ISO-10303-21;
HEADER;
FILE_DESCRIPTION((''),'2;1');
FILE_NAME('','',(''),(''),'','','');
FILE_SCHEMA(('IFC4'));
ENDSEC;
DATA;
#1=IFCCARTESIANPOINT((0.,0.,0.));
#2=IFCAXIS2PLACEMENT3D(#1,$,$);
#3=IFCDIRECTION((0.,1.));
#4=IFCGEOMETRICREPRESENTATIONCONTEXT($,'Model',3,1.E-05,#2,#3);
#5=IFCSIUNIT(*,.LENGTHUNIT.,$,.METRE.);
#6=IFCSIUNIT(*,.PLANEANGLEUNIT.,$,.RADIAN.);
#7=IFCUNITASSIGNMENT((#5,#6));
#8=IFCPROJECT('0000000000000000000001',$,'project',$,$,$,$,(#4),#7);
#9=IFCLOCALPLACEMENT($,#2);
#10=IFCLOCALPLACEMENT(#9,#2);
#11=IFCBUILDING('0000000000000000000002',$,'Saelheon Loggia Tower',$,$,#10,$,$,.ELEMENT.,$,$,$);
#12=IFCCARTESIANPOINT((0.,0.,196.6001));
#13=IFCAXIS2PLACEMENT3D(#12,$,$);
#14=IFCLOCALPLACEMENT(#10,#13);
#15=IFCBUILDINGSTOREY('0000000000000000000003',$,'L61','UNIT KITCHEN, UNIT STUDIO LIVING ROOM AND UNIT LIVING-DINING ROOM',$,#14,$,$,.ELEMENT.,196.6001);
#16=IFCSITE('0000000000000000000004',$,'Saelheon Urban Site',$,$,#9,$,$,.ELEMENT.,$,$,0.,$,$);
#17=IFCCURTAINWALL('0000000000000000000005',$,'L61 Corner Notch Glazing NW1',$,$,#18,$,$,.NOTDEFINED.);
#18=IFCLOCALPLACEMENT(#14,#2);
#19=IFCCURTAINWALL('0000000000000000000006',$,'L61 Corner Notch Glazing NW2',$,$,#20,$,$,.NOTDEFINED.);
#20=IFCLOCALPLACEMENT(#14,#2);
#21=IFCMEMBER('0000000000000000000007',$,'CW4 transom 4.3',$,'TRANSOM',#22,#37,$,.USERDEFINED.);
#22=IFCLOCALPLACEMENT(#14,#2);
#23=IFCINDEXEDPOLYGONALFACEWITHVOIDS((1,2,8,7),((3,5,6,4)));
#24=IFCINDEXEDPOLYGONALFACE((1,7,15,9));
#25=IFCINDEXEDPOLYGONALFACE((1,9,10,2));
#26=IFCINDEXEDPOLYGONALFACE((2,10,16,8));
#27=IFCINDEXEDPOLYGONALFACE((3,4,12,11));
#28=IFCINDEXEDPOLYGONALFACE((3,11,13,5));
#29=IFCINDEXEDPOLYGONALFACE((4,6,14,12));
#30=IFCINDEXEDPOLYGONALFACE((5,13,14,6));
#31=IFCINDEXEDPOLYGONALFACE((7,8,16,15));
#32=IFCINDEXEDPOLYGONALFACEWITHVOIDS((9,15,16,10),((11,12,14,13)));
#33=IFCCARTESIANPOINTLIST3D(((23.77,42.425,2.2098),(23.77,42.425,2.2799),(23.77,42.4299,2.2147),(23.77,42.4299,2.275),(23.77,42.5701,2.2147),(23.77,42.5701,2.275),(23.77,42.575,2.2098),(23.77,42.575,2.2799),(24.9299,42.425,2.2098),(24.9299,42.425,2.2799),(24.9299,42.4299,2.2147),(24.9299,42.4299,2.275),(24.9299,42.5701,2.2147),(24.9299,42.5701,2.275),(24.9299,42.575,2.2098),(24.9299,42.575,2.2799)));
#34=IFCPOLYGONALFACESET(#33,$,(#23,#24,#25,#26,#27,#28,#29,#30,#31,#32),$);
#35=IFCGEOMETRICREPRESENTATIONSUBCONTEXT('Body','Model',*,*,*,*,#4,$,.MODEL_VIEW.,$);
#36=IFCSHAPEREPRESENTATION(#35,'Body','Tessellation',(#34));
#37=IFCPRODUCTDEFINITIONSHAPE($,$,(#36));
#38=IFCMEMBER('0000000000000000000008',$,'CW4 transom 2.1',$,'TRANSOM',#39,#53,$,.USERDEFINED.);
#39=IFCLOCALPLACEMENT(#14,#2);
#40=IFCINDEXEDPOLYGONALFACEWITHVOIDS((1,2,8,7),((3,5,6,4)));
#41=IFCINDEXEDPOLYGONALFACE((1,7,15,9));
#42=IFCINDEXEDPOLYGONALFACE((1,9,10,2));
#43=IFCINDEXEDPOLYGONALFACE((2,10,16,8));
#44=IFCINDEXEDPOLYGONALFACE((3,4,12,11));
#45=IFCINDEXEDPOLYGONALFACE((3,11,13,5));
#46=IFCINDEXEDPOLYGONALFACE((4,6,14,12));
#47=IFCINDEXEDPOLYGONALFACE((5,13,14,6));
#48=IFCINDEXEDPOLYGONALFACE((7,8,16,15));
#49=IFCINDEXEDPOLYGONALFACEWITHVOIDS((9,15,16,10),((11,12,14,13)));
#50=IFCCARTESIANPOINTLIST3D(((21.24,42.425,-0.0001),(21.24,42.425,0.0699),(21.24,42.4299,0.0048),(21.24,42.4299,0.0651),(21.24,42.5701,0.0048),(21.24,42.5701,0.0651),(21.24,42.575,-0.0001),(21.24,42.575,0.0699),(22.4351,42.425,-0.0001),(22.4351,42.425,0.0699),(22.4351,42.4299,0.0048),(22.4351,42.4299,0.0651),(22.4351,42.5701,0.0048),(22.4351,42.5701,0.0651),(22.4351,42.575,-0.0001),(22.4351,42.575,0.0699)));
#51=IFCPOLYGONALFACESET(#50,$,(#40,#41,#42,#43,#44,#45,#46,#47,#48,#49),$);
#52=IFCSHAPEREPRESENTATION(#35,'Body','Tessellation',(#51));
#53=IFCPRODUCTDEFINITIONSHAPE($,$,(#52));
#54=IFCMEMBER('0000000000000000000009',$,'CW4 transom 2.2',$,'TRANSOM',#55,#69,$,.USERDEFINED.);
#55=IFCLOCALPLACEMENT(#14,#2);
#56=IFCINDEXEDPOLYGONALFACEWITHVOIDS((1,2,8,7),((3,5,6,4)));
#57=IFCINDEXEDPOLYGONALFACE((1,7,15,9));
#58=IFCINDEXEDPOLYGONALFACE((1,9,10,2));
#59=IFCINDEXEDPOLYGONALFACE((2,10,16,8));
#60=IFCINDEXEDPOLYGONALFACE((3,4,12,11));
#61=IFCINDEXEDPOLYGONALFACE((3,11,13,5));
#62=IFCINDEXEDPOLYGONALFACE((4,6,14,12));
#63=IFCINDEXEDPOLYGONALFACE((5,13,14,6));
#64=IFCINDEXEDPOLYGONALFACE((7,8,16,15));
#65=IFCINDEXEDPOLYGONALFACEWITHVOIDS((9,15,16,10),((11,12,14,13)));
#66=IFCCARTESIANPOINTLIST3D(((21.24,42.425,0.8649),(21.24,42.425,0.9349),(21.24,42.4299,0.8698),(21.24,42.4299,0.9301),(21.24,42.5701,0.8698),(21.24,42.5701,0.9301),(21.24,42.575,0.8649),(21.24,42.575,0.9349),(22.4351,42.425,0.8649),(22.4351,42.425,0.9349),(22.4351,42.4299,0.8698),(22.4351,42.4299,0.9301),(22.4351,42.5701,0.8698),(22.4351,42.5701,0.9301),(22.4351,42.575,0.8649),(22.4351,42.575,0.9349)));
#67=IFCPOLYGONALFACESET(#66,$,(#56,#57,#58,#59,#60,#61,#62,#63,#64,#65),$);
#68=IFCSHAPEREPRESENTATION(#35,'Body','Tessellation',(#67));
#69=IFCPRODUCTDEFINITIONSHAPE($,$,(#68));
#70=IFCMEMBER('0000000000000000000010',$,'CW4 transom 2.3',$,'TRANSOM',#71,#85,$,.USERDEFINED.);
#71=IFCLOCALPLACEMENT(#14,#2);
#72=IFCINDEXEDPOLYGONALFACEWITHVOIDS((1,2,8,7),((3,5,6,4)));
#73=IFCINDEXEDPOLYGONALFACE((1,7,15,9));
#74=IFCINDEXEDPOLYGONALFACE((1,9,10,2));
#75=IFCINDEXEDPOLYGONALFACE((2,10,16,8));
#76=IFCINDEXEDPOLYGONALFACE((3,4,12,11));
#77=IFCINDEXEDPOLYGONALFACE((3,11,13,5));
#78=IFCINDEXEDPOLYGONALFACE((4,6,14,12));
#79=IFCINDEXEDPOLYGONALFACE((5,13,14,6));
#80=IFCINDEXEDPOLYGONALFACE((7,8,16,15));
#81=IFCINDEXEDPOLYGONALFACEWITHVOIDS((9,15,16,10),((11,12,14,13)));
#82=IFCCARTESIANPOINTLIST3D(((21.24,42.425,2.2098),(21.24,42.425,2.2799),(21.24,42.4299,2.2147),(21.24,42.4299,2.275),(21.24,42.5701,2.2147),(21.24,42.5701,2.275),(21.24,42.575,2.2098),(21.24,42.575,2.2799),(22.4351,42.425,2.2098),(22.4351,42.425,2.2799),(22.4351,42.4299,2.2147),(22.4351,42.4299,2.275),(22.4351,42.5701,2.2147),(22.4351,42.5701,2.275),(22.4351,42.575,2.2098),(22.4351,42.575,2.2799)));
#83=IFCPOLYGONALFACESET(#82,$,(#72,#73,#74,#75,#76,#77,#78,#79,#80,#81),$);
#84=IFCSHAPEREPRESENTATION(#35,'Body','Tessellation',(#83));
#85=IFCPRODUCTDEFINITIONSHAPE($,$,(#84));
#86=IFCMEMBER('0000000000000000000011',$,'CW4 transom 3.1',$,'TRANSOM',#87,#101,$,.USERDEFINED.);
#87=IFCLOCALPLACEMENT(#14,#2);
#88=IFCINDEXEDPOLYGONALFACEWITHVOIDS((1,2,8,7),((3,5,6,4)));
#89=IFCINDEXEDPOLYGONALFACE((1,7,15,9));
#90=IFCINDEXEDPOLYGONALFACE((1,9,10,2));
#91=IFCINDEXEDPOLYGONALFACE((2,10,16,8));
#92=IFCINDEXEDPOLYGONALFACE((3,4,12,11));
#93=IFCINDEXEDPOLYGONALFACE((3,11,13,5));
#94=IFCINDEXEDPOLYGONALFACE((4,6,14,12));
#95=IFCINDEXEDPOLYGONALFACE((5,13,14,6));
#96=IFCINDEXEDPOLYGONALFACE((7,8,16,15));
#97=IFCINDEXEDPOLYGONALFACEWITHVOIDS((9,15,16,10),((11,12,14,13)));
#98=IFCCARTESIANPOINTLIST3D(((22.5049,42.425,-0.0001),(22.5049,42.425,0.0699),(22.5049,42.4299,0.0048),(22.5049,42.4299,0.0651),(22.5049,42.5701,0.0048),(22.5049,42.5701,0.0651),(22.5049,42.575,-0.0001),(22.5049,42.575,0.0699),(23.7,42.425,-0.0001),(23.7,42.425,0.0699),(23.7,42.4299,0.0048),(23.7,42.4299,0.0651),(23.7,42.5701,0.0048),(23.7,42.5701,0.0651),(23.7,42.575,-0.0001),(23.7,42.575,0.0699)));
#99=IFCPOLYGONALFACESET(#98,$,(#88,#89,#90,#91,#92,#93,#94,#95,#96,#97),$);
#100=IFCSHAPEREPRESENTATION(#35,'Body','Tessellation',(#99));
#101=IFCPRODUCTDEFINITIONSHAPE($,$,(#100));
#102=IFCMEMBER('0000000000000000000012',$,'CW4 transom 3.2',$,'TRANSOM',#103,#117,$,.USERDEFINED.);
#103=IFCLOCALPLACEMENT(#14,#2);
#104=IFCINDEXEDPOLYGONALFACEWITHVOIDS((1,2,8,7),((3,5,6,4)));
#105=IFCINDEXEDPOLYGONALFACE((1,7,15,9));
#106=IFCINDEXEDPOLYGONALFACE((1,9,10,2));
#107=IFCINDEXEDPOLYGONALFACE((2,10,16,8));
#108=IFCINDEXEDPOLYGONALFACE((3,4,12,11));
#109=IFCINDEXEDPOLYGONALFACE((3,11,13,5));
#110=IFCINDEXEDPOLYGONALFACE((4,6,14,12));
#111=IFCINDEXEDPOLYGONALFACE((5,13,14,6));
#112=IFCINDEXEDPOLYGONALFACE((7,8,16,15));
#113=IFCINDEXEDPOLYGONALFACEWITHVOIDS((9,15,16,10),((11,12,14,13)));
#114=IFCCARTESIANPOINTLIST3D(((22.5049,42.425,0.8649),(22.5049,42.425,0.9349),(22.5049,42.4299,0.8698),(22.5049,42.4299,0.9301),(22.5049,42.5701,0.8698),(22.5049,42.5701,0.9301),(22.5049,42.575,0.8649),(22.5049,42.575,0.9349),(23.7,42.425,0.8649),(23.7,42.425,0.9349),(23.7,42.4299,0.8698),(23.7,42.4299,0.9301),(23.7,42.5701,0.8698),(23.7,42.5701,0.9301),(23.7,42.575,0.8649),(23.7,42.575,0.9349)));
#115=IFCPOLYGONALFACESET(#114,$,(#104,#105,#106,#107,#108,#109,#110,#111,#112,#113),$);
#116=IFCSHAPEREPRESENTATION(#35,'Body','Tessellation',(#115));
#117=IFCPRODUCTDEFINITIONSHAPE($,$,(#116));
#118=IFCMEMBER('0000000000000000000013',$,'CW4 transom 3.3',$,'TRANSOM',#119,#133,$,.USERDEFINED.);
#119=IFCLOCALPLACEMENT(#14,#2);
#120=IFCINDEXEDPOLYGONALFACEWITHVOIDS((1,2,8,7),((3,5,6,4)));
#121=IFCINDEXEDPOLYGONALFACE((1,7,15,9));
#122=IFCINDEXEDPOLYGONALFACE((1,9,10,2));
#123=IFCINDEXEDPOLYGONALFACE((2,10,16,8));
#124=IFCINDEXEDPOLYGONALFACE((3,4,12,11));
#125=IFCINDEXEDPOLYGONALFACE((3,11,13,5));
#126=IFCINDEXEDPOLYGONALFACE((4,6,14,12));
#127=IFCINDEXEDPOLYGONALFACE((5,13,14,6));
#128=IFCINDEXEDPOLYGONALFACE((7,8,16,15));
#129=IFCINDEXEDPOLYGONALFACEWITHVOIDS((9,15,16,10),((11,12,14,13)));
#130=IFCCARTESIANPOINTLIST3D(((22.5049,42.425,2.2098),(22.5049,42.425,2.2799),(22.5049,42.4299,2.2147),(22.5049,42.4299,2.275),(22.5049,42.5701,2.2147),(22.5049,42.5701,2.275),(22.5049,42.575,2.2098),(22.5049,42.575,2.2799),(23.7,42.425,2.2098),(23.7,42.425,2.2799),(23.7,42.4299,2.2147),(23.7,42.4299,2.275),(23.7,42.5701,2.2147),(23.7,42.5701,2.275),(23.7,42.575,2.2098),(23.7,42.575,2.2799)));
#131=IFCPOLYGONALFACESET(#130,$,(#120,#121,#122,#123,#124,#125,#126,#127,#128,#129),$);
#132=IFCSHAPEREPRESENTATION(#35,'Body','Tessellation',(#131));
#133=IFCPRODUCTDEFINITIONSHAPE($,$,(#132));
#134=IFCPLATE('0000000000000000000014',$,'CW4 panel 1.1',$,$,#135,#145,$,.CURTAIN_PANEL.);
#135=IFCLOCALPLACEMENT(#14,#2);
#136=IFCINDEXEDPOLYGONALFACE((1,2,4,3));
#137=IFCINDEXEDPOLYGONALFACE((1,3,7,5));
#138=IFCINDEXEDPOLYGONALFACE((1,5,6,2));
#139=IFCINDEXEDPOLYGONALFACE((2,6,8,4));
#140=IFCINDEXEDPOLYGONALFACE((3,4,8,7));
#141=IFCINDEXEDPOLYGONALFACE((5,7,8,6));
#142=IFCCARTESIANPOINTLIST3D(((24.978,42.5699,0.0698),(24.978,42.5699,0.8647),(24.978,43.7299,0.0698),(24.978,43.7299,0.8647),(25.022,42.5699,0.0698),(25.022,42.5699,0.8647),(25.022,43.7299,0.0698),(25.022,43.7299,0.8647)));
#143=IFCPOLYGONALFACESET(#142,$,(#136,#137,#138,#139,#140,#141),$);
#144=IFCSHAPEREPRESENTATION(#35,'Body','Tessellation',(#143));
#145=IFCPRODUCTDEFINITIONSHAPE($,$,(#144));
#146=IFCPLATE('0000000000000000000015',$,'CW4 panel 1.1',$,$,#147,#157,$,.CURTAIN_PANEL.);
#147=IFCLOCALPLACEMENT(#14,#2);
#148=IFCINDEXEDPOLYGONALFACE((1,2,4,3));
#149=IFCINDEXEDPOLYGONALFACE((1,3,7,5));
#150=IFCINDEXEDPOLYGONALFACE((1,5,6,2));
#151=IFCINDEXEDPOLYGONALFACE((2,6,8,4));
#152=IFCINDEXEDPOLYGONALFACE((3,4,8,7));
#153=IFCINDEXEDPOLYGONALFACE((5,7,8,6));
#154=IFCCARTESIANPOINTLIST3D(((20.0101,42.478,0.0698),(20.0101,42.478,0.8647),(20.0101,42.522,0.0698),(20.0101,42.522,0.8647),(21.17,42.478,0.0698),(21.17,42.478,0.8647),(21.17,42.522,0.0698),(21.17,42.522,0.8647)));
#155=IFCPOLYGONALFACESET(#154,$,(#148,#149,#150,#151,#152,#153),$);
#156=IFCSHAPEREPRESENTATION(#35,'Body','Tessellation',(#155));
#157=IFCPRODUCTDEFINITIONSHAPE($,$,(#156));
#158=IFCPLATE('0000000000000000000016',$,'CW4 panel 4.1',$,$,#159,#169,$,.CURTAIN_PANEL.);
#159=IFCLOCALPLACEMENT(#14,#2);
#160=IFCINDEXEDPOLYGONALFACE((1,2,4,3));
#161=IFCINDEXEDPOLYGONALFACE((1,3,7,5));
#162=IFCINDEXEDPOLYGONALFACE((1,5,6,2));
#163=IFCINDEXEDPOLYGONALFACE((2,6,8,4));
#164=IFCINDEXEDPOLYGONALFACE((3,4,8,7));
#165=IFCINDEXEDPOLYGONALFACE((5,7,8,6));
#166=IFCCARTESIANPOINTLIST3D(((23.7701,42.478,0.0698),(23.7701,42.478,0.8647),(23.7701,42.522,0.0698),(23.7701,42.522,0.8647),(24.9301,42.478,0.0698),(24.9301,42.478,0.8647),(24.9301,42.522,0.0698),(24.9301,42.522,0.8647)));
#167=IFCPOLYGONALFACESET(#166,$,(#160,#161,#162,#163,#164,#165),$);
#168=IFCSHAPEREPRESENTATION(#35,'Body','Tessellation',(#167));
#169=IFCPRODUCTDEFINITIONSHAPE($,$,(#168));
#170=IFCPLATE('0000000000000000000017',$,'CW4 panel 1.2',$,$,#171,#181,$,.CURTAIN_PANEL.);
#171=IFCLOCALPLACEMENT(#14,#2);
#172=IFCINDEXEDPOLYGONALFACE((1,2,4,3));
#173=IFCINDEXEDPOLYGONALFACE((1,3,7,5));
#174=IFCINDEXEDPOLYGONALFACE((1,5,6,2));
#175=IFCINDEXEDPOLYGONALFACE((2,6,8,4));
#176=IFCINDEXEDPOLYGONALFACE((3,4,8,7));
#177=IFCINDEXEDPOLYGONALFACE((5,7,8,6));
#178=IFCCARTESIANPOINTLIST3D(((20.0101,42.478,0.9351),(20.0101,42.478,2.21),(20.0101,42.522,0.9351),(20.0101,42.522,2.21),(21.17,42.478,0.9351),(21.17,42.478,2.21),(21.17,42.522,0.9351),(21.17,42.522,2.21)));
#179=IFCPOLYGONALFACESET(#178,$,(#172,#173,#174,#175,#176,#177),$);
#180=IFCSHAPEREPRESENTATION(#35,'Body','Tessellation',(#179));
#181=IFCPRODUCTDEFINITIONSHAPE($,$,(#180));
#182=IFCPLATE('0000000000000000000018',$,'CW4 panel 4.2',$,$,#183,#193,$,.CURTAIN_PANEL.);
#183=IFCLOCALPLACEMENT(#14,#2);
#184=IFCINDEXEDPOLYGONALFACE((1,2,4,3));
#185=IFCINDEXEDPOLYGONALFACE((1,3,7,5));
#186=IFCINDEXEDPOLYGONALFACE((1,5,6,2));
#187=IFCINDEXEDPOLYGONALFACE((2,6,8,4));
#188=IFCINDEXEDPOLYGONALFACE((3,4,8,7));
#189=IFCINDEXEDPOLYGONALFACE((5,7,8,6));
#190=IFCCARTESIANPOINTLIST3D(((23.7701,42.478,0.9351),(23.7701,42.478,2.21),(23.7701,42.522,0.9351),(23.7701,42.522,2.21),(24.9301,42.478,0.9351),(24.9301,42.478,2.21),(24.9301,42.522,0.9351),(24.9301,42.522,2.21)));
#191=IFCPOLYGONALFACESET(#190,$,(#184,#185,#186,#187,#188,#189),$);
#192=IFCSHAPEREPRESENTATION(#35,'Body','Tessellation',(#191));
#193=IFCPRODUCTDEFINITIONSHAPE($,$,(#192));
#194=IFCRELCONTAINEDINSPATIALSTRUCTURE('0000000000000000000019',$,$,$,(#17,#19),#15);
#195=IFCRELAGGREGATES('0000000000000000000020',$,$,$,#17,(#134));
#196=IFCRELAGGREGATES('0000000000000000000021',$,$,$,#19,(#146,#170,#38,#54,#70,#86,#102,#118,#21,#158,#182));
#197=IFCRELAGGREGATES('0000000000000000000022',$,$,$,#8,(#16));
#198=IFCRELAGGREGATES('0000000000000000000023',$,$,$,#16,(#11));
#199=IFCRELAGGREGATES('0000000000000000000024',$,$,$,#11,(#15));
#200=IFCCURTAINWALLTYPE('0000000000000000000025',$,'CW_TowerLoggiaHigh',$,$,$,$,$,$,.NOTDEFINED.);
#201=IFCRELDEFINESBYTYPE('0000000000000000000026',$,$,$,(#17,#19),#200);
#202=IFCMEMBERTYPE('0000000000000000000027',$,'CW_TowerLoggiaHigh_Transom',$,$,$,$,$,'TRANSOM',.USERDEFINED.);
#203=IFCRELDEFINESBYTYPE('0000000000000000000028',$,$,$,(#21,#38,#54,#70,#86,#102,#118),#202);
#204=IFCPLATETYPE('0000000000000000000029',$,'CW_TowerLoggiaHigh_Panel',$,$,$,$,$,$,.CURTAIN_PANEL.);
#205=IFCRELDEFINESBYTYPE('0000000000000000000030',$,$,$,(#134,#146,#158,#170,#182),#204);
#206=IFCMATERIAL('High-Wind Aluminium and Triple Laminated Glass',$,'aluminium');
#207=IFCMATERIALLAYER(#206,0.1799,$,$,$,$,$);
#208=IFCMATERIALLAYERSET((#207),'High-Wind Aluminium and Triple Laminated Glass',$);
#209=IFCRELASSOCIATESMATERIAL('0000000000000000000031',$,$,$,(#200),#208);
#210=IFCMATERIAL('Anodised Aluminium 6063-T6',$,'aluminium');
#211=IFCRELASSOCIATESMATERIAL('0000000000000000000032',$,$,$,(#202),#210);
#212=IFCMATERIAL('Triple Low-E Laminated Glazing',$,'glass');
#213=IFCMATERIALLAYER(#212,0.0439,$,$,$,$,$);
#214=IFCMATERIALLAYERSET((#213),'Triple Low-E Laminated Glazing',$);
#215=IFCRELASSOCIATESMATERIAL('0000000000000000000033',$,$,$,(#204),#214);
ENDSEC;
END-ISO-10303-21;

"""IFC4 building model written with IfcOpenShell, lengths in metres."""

from ifc_helpers import new_model, si_unit, direction, frame, origin, origin_2d, place, context, subcontext, project, spatial, rectangle, hollow_rectangle, extrude, source, transform, mapped, material, layer, layer_set, material_profile, profile_set, type_object, element, aggregate, save


model = new_model("IFC4")

# Units and contexts
model_context = context("Model", 3, precision=1e-05, world=origin(), true_north=direction((0.0, 1.0)))
body_context = subcontext(model_context, "Body", "Model", "MODEL_VIEW")
ifc_project = project(units=[si_unit("LENGTHUNIT", "METRE"), si_unit("PLANEANGLEUNIT", "RADIAN")], contexts=[model_context])

# Site, building, storey
site_placement = place(None, origin())
site = spatial("IfcSite", under=ifc_project, at=site_placement, Name="Saelheon Urban Site", CompositionType="ELEMENT", RefElevation=0.0)
building_placement = place(site_placement, origin())
building = spatial("IfcBuilding", under=site, at=building_placement, Name="Saelheon Loggia Tower", CompositionType="ELEMENT")
storey_placement = place(building_placement, frame((0.0, 0.0, 196.6001)))
storey = spatial("IfcBuildingStorey", under=building, at=storey_placement, Name="L61", Description="UNIT KITCHEN, UNIT STUDIO LIVING ROOM AND UNIT LIVING-DINING ROOM", CompositionType="ELEMENT", Elevation=196.6001)

# Curtain wall
ifc_material_1 = material(Name="High-Wind Aluminium and Triple Laminated Glass", Category="aluminium")
ifc_layer_1 = layer(ifc_material_1, 0.1799)
ifc_layer_set_1 = layer_set([ifc_layer_1], Name="High-Wind Aluminium and Triple Laminated Glass")
curtain_wall_type = type_object("IfcCurtainWallType", Name="CW_TowerLoggiaHigh", PredefinedType="NOTDEFINED", material=ifc_layer_set_1)
curtain_wall_1_placement = place(storey_placement, origin())
curtain_wall_1 = element("IfcCurtainWall", 1, at=curtain_wall_1_placement, inside=storey, type_object=curtain_wall_type, Name="L61 Corner Notch Glazing NW1", PredefinedType="NOTDEFINED")
ifc_material_2 = material(Name="Anodised Aluminium 6063-T6", Category="aluminium")

# Curtain wall
curtain_wall_2_placement = place(storey_placement, origin())
curtain_wall_2 = element("IfcCurtainWall", 2, at=curtain_wall_2_placement, inside=storey, type_object=curtain_wall_type, Name="L61 Corner Notch Glazing NW2", PredefinedType="NOTDEFINED")

# Members
ifc_material_profile_1 = material_profile(ifc_material_2, hollow_rectangle(XDim=0.0701, YDim=0.1499, WallThickness=0.0049, at=origin_2d()), Name="RHS-150x70x5")
ifc_profile_set_1 = profile_set([ifc_material_profile_1], Name="Anodised Aluminium 6063-T6")
member_type_1 = type_object("IfcMemberType", Name="CW_TowerLoggiaHigh_Transom", ElementType="TRANSOM", PredefinedType="USERDEFINED", material=ifc_profile_set_1)
shared_shape_1 = source(origin(), body_context, "Body", "SweptSolid", [
    extrude(hollow_rectangle(XDim=0.0701, YDim=0.1499, WallThickness=0.0049, at=origin_2d()), origin(), (0.0, 0.0, 1.0), 1.1599),
])
member_1_placement = place(storey_placement, frame((23.77, 42.5, 2.2449), z_axis=(1.0, 0.0, 0.0), x_axis=(0.0, 0.0, 1.0)))
member_1 = element("IfcMember", 3, at=member_1_placement, type_object=member_type_1, Name="CW4 transom 4.3", ObjectType="TRANSOM", PredefinedType="USERDEFINED", context=body_context, shape_type="MappedRepresentation", body=[
    mapped(shared_shape_1, transform((0.0, 0.0, 0.0), scale=1.0)),
])
shared_shape_2 = source(origin(), body_context, "Body", "SweptSolid", [
    extrude(hollow_rectangle(XDim=0.0701, YDim=0.1499, WallThickness=0.0049, at=origin_2d()), origin(), (0.0, 0.0, 1.0), 1.1951),
])
member_2_placement = place(storey_placement, frame((21.24, 42.5, 0.0349), z_axis=(1.0, 0.0, 0.0), x_axis=(0.0, 0.0, 1.0)))
member_2 = element("IfcMember", 4, at=member_2_placement, type_object=member_type_1, Name="CW4 transom 2.1", ObjectType="TRANSOM", PredefinedType="USERDEFINED", context=body_context, shape_type="MappedRepresentation", body=[
    mapped(shared_shape_2, transform((0.0, 0.0, 0.0), scale=1.0)),
])
member_3_placement = place(storey_placement, frame((21.24, 42.5, 0.8999), z_axis=(1.0, 0.0, 0.0), x_axis=(0.0, 0.0, 1.0)))
member_3 = element("IfcMember", 5, at=member_3_placement, type_object=member_type_1, Name="CW4 transom 2.2", ObjectType="TRANSOM", PredefinedType="USERDEFINED", context=body_context, shape_type="MappedRepresentation", body=[
    mapped(shared_shape_2, transform((0.0, 0.0, 0.0), scale=1.0)),
])
member_4_placement = place(storey_placement, frame((21.24, 42.5, 2.2449), z_axis=(1.0, 0.0, 0.0), x_axis=(0.0, 0.0, 1.0)))
member_4 = element("IfcMember", 6, at=member_4_placement, type_object=member_type_1, Name="CW4 transom 2.3", ObjectType="TRANSOM", PredefinedType="USERDEFINED", context=body_context, shape_type="MappedRepresentation", body=[
    mapped(shared_shape_2, transform((0.0, 0.0, 0.0), scale=1.0)),
])
member_5_placement = place(storey_placement, frame((22.5049, 42.5, 0.0349), z_axis=(1.0, 0.0, 0.0), x_axis=(0.0, 0.0, 1.0)))
member_5 = element("IfcMember", 7, at=member_5_placement, type_object=member_type_1, Name="CW4 transom 3.1", ObjectType="TRANSOM", PredefinedType="USERDEFINED", context=body_context, shape_type="MappedRepresentation", body=[
    mapped(shared_shape_2, transform((0.0, 0.0, 0.0), scale=1.0)),
])
member_6_placement = place(storey_placement, frame((22.5049, 42.5, 0.8999), z_axis=(1.0, 0.0, 0.0), x_axis=(0.0, 0.0, 1.0)))
member_6 = element("IfcMember", 8, at=member_6_placement, type_object=member_type_1, Name="CW4 transom 3.2", ObjectType="TRANSOM", PredefinedType="USERDEFINED", context=body_context, shape_type="MappedRepresentation", body=[
    mapped(shared_shape_2, transform((0.0, 0.0, 0.0), scale=1.0)),
])
member_7_placement = place(storey_placement, frame((22.5049, 42.5, 2.2449), z_axis=(1.0, 0.0, 0.0), x_axis=(0.0, 0.0, 1.0)))
member_7 = element("IfcMember", 9, at=member_7_placement, type_object=member_type_1, Name="CW4 transom 3.3", ObjectType="TRANSOM", PredefinedType="USERDEFINED", context=body_context, shape_type="MappedRepresentation", body=[
    mapped(shared_shape_2, transform((0.0, 0.0, 0.0), scale=1.0)),
])

# Plates
ifc_material_3 = material(Name="Triple Low-E Laminated Glazing", Category="glass")
ifc_layer_2 = layer(ifc_material_3, 0.0439)
ifc_layer_set_2 = layer_set([ifc_layer_2], Name="Triple Low-E Laminated Glazing")
plate_type = type_object("IfcPlateType", Name="CW_TowerLoggiaHigh_Panel", PredefinedType="CURTAIN_PANEL", material=ifc_layer_set_2)
shared_shape_3 = source(origin(), body_context, "Body", "SweptSolid", [
    extrude(rectangle(XDim=1.1599, YDim=0.0439, at=origin_2d()), origin(), (0.0, 0.0, 1.0), 0.7949),
])
plate_1_placement = place(storey_placement, frame((25.0, 43.1499, 0.0698), z_axis=(0.0, 0.0, 1.0), x_axis=(0.0, 1.0, 0.0)))
plate_1 = element("IfcPlate", 10, at=plate_1_placement, type_object=plate_type, Name="CW4 panel 1.1", PredefinedType="CURTAIN_PANEL", context=body_context, shape_type="MappedRepresentation", body=[
    mapped(shared_shape_3, transform((0.0, 0.0, 0.0), scale=1.0)),
])
aggregate(curtain_wall_1, [plate_1])
plate_2_placement = place(storey_placement, frame((20.5901, 42.5, 0.0698), z_axis=(0.0, 0.0, 1.0), x_axis=(1.0, 0.0, 0.0)))
plate_2 = element("IfcPlate", 11, at=plate_2_placement, type_object=plate_type, Name="CW4 panel 1.1", PredefinedType="CURTAIN_PANEL", context=body_context, shape_type="MappedRepresentation", body=[
    mapped(shared_shape_3, transform((0.0, 0.0, 0.0), scale=1.0)),
])
plate_3_placement = place(storey_placement, frame((24.3501, 42.5, 0.0698), z_axis=(0.0, 0.0, 1.0), x_axis=(1.0, 0.0, 0.0)))
plate_3 = element("IfcPlate", 12, at=plate_3_placement, type_object=plate_type, Name="CW4 panel 4.1", PredefinedType="CURTAIN_PANEL", context=body_context, shape_type="MappedRepresentation", body=[
    mapped(shared_shape_3, transform((0.0, 0.0, 0.0), scale=1.0)),
])
shared_shape_4 = source(origin(), body_context, "Body", "SweptSolid", [
    extrude(rectangle(XDim=1.1599, YDim=0.0439, at=origin_2d()), origin(), (0.0, 0.0, 1.0), 1.2749),
])
plate_4_placement = place(storey_placement, frame((20.5901, 42.5, 0.9351), z_axis=(0.0, 0.0, 1.0), x_axis=(1.0, 0.0, 0.0)))
plate_4 = element("IfcPlate", 13, at=plate_4_placement, type_object=plate_type, Name="CW4 panel 1.2", PredefinedType="CURTAIN_PANEL", context=body_context, shape_type="MappedRepresentation", body=[
    mapped(shared_shape_4, transform((0.0, 0.0, 0.0), scale=1.0)),
])
plate_5_placement = place(storey_placement, frame((24.3501, 42.5, 0.9351), z_axis=(0.0, 0.0, 1.0), x_axis=(1.0, 0.0, 0.0)))
plate_5 = element("IfcPlate", 14, at=plate_5_placement, type_object=plate_type, Name="CW4 panel 4.2", PredefinedType="CURTAIN_PANEL", context=body_context, shape_type="MappedRepresentation", body=[
    mapped(shared_shape_4, transform((0.0, 0.0, 0.0), scale=1.0)),
])
aggregate(curtain_wall_2, [plate_2, plate_4, member_2, member_3, member_4, member_5, member_6, member_7, member_1, plate_3, plate_5])

save(model, "model.ifc")
